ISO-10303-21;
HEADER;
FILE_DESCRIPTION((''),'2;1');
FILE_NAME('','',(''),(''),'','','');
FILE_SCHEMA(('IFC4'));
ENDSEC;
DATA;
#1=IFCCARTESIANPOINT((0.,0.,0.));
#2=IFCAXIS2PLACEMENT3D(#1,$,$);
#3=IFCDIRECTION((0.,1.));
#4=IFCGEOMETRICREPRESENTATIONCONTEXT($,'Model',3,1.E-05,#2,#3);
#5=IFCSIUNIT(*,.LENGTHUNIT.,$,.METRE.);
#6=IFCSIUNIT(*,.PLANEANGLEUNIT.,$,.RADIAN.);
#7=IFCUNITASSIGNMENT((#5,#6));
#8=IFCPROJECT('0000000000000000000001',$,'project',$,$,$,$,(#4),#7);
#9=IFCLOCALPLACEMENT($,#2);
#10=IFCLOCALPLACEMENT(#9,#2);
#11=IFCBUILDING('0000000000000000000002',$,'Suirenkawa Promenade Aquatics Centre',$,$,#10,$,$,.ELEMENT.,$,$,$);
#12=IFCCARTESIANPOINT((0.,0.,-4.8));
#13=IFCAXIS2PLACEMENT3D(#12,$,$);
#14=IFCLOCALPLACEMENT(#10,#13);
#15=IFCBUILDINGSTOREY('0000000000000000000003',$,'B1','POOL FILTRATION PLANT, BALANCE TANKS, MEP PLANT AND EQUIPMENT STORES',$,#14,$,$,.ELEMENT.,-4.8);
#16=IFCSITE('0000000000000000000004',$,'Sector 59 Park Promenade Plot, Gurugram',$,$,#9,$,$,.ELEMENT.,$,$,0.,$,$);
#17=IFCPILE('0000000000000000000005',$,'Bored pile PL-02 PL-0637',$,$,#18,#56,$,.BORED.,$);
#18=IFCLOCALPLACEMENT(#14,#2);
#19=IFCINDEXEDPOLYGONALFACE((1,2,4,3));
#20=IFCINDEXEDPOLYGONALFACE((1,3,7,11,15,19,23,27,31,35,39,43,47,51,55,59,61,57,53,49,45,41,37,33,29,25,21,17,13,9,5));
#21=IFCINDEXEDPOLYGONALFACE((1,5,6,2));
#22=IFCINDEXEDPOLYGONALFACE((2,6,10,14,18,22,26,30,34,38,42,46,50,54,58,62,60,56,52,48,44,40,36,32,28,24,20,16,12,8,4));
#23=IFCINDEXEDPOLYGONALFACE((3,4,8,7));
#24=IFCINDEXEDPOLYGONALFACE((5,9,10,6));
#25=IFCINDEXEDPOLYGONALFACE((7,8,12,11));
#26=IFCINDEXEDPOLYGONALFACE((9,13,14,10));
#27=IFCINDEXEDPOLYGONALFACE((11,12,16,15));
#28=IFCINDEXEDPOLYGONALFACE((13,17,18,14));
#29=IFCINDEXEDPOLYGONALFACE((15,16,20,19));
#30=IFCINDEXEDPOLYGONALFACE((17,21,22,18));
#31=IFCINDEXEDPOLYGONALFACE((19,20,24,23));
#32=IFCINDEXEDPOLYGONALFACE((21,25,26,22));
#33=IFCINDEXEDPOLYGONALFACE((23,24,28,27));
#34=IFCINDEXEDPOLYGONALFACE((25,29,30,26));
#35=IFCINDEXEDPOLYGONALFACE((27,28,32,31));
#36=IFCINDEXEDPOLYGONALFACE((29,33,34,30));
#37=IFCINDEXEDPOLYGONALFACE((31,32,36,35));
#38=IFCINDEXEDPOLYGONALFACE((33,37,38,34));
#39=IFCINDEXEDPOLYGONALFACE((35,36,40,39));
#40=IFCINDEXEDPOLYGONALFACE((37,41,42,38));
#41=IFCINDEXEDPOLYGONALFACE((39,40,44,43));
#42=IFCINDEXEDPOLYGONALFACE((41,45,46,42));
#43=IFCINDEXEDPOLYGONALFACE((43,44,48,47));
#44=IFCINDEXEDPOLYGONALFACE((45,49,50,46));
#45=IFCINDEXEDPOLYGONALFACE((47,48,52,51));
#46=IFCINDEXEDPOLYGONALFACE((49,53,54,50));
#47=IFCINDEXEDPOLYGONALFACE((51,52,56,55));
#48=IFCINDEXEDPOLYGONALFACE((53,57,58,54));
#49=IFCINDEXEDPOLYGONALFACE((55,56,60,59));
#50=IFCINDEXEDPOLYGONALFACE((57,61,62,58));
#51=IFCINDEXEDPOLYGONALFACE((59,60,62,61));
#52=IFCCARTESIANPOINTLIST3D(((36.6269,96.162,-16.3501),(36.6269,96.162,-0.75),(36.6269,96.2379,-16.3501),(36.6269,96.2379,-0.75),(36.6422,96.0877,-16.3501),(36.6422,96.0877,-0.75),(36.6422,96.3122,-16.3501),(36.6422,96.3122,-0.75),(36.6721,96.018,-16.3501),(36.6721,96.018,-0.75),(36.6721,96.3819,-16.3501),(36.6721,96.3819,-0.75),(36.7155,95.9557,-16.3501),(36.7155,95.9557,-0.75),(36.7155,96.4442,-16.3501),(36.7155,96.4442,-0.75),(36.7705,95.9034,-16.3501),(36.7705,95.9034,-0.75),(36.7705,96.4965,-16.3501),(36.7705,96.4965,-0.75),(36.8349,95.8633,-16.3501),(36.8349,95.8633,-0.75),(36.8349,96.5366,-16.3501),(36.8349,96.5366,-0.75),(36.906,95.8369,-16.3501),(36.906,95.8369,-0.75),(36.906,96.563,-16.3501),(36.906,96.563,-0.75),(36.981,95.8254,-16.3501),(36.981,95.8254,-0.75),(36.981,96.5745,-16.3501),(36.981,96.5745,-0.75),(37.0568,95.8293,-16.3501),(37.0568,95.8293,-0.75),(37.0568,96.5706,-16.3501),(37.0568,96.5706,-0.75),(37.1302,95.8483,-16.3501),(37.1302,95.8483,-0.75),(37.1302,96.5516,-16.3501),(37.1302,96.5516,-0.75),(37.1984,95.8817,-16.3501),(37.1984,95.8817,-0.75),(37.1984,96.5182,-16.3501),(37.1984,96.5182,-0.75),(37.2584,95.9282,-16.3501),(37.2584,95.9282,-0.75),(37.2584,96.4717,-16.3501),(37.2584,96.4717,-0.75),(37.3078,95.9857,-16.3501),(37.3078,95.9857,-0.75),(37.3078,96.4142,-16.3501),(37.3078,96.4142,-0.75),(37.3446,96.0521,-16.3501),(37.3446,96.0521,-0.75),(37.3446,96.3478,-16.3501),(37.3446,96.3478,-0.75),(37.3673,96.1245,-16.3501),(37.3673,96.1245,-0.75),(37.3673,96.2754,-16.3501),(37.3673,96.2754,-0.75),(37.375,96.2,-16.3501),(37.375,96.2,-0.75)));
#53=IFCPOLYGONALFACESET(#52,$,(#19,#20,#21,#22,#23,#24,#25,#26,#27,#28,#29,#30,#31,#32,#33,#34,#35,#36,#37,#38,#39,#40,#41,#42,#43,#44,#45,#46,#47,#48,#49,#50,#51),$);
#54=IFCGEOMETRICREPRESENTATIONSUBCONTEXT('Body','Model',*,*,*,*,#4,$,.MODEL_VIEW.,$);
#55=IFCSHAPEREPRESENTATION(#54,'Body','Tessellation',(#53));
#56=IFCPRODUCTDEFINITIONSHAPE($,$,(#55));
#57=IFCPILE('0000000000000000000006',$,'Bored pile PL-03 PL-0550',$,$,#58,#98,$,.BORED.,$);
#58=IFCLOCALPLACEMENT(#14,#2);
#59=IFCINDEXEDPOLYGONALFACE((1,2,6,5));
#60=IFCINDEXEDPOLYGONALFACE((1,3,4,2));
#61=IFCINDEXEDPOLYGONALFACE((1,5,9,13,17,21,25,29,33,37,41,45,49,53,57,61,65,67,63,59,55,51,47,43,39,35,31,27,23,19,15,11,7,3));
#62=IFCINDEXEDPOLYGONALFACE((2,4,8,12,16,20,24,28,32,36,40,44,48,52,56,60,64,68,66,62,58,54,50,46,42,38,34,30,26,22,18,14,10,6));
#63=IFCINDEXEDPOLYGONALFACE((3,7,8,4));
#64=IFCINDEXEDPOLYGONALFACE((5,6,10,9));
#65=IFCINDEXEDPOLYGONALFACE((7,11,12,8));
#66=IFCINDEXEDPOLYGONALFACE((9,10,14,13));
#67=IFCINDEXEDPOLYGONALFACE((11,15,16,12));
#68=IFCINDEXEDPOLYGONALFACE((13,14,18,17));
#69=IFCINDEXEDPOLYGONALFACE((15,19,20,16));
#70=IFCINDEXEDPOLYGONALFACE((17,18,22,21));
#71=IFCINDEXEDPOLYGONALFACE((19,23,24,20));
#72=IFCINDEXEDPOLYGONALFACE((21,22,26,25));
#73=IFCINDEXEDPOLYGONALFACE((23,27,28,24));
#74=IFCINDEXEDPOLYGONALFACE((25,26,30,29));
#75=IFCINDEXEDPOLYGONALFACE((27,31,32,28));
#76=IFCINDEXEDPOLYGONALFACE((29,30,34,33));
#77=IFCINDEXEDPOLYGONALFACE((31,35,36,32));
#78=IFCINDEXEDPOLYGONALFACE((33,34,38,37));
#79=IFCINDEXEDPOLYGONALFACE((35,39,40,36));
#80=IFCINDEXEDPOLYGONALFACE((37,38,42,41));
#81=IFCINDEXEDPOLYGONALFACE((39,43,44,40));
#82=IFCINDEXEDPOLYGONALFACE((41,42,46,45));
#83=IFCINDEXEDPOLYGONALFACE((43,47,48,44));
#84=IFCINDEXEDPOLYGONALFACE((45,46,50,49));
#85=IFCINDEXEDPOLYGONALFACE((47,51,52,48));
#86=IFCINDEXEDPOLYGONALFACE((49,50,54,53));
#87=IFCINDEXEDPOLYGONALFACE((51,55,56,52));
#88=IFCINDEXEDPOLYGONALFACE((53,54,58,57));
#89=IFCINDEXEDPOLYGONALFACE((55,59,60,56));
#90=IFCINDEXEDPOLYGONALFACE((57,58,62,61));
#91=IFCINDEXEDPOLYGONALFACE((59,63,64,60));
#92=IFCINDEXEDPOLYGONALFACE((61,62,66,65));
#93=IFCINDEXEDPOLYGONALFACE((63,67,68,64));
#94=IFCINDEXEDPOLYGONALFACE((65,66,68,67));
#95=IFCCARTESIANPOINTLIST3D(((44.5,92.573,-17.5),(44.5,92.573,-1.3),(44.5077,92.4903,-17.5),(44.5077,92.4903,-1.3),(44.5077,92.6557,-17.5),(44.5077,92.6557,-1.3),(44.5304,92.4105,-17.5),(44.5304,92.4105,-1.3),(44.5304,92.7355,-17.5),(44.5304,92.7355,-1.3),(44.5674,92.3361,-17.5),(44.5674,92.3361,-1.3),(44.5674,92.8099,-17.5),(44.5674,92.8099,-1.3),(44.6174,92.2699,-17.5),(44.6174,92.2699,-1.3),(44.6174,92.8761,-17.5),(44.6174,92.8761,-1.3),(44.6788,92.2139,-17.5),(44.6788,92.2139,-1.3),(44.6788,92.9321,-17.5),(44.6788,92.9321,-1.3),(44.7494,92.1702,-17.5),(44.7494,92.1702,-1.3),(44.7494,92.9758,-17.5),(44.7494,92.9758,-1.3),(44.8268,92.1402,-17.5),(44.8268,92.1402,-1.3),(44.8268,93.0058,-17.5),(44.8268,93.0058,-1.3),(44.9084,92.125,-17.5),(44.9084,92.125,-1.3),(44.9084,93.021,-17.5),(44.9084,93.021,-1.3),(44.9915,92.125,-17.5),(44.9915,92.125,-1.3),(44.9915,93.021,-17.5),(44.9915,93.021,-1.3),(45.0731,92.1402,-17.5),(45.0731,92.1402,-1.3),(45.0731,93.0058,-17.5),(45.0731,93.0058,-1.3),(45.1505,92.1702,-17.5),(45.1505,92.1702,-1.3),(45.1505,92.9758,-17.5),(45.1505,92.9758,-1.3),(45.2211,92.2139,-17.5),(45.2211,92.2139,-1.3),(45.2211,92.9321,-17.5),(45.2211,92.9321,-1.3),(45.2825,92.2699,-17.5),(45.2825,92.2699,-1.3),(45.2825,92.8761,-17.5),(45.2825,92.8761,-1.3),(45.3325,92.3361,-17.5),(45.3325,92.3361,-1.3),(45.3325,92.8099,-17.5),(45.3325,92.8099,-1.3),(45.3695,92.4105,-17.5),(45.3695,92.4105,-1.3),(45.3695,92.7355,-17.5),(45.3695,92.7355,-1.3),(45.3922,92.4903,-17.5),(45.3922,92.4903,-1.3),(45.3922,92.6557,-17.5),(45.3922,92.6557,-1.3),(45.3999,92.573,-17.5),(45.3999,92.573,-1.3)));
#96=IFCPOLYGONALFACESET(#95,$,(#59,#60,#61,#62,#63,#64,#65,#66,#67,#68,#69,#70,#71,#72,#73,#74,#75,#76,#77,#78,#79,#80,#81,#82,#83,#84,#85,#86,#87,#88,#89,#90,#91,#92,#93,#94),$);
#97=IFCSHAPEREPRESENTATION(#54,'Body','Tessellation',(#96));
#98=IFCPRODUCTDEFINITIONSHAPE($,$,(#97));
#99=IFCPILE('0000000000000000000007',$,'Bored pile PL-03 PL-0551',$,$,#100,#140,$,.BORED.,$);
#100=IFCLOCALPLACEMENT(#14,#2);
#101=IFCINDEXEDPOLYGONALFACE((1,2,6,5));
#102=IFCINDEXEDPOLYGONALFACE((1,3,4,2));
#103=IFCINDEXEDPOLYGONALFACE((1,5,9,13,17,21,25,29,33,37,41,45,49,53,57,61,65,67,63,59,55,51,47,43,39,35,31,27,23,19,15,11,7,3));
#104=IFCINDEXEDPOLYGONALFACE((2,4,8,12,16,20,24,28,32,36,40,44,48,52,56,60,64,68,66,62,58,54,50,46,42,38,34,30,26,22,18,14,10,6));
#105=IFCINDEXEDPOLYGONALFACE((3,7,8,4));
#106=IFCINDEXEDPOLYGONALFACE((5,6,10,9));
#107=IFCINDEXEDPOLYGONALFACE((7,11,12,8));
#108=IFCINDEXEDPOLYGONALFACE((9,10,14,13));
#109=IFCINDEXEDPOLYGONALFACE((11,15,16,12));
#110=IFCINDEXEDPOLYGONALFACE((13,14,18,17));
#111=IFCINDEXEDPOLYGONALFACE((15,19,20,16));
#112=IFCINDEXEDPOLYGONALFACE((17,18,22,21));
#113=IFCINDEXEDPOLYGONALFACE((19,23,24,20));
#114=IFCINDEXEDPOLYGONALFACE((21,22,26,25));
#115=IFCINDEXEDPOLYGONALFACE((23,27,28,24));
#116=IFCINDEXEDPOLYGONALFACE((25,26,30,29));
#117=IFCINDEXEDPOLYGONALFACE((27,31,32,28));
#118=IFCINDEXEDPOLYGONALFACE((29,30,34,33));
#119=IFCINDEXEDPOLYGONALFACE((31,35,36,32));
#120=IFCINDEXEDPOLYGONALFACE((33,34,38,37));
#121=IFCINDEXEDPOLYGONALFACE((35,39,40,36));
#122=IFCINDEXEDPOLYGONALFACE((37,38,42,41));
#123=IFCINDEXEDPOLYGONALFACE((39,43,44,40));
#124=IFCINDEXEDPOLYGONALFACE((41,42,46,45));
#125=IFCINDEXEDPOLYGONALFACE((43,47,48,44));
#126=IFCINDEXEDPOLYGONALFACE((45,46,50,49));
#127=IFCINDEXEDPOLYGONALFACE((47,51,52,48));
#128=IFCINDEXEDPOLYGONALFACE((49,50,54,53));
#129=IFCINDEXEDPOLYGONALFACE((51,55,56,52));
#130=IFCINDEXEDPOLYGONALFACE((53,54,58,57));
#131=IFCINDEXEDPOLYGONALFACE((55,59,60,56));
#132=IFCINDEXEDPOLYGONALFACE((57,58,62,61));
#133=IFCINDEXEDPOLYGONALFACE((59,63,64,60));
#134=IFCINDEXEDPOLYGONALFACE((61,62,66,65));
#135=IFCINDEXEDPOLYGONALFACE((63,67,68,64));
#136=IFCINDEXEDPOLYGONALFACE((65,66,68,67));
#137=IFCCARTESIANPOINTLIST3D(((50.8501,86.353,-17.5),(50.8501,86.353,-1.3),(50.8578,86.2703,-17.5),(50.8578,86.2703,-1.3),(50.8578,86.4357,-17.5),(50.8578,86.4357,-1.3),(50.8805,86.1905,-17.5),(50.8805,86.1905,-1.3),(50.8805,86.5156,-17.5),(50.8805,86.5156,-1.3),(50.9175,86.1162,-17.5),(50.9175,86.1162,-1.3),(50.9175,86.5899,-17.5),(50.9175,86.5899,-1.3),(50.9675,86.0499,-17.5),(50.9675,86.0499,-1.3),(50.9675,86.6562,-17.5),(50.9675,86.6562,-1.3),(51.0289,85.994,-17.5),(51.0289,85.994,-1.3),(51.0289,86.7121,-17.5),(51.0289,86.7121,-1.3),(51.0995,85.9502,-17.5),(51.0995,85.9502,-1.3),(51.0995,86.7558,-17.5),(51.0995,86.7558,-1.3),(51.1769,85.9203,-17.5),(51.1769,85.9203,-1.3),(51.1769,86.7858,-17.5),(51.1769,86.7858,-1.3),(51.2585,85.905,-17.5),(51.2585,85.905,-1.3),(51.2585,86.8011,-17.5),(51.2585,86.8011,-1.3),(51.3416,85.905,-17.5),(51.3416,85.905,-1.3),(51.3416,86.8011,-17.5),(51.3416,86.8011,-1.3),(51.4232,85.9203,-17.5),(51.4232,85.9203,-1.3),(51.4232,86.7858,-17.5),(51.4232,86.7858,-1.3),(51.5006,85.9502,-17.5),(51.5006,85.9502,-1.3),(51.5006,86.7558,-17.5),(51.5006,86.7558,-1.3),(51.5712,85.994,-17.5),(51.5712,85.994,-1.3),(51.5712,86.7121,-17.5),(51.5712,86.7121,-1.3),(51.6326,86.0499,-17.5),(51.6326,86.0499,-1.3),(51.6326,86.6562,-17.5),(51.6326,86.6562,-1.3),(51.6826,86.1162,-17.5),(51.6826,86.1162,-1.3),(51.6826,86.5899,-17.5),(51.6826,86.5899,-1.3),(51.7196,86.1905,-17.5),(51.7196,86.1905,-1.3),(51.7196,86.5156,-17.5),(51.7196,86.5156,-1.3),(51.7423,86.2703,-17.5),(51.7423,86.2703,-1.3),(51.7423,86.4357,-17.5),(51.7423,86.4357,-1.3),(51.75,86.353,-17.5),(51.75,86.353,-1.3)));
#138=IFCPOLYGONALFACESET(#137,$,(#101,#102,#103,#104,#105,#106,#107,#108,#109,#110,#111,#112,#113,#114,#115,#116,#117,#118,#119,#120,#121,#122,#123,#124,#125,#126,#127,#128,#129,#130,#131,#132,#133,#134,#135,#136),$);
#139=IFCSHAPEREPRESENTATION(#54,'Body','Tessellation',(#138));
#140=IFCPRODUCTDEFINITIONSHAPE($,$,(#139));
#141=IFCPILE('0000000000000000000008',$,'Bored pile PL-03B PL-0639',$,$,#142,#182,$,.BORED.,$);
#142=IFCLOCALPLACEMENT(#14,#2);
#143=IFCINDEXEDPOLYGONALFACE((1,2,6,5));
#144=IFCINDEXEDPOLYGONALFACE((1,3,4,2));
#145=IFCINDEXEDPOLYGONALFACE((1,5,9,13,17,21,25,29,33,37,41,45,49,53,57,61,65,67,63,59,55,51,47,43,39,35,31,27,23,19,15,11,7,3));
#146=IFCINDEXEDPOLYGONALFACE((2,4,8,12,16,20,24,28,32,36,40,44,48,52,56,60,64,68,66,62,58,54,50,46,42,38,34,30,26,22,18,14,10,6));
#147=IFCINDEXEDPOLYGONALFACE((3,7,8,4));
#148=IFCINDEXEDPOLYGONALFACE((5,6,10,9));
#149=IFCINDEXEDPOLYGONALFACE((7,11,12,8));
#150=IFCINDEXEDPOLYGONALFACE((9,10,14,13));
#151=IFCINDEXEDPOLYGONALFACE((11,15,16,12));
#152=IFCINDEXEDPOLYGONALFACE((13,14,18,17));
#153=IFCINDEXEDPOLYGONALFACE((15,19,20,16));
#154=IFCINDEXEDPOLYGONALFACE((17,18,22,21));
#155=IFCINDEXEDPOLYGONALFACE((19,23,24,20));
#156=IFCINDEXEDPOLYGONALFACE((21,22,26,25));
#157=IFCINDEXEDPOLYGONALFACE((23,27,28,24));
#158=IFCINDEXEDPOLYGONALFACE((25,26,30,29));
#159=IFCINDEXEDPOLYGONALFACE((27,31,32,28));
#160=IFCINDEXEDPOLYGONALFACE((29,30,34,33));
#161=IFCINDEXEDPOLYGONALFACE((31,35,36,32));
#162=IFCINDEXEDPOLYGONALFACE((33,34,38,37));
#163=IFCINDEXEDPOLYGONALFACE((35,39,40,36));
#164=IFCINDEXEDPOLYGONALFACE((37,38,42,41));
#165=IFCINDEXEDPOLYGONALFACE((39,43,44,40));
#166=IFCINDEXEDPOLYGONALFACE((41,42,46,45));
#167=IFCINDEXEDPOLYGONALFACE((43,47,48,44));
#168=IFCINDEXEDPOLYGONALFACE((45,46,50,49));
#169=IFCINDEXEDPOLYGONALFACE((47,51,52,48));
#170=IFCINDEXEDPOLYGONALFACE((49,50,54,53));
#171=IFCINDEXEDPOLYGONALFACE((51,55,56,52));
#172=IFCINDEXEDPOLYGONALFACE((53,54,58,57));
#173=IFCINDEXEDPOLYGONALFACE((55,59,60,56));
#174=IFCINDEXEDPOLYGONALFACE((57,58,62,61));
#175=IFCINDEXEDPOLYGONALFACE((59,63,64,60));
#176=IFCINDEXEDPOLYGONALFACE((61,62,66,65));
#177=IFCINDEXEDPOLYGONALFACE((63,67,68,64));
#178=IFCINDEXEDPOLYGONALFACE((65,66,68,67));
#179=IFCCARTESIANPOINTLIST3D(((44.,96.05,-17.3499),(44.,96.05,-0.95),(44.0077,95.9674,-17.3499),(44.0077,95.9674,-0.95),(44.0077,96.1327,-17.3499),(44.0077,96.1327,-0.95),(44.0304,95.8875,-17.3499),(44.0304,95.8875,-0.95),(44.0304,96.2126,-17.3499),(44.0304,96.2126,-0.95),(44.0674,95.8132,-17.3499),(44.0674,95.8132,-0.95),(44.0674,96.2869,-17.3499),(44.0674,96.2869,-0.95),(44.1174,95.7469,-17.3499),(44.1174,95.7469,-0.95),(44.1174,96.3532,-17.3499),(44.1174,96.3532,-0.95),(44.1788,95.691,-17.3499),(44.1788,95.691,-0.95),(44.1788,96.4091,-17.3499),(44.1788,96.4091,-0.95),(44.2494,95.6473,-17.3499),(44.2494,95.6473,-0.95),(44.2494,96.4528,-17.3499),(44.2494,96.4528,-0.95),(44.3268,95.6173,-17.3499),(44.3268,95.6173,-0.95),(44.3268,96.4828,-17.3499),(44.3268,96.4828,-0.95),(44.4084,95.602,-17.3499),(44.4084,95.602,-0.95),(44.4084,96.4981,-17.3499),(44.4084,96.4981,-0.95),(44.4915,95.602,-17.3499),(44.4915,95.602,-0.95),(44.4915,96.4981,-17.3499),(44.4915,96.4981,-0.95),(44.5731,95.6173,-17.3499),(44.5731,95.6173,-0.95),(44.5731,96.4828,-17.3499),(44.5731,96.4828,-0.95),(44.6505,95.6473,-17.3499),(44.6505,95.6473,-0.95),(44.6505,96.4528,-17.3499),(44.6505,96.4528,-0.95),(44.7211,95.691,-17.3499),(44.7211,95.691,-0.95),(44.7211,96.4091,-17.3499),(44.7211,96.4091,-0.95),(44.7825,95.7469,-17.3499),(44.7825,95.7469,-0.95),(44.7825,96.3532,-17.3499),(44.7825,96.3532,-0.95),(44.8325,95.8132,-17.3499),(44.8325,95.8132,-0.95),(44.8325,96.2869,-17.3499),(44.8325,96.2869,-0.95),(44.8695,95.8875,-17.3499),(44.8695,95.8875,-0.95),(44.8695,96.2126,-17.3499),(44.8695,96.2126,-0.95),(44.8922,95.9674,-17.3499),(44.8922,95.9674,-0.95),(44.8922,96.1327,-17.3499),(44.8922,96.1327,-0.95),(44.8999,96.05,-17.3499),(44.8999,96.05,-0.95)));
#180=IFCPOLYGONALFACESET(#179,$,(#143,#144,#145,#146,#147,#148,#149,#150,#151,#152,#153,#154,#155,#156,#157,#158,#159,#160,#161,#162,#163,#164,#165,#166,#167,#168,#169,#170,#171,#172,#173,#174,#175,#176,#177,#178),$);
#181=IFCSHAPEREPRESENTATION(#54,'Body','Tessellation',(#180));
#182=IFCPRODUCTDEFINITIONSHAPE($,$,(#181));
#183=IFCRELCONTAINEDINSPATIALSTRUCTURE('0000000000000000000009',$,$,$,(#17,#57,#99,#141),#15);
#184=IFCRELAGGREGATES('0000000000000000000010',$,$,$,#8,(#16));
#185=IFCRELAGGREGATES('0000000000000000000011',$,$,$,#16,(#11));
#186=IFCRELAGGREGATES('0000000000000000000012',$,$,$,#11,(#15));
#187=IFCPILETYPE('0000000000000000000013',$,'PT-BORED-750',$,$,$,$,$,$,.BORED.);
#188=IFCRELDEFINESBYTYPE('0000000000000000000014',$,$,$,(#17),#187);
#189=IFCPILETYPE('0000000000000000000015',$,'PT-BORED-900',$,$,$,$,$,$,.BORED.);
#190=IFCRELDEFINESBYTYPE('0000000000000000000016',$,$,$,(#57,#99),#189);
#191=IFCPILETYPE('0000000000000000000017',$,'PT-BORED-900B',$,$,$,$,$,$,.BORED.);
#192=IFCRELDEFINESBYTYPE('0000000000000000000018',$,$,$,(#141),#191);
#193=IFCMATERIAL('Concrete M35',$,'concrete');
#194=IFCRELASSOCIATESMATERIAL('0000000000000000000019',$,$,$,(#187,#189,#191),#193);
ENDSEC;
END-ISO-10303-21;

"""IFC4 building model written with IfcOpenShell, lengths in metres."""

from ifc_helpers import new_model, si_unit, direction, frame, origin, origin_2d, place, context, subcontext, project, spatial, circle, extrude, material, material_profile, profile_set, type_object, element, save


model = new_model("IFC4")

# Units and contexts
model_context = context("Model", 3, precision=1e-05, world=origin(), true_north=direction((0.0, 1.0)))
body_context = subcontext(model_context, "Body", "Model", "MODEL_VIEW")
ifc_project = project(units=[si_unit("LENGTHUNIT", "METRE"), si_unit("PLANEANGLEUNIT", "RADIAN")], contexts=[model_context])

# Site, building, storey
site_placement = place(None, origin())
site = spatial("IfcSite", under=ifc_project, at=site_placement, Name="Sector 59 Park Promenade Plot, Gurugram", CompositionType="ELEMENT", RefElevation=0.0)
building_placement = place(site_placement, origin())
building = spatial("IfcBuilding", under=site, at=building_placement, Name="Suirenkawa Promenade Aquatics Centre", CompositionType="ELEMENT")
storey_placement = place(building_placement, frame((0.0, 0.0, -4.8)))
storey = spatial("IfcBuildingStorey", under=building, at=storey_placement, Name="B1", Description="POOL FILTRATION PLANT, BALANCE TANKS, MEP PLANT AND EQUIPMENT STORES", CompositionType="ELEMENT", Elevation=-4.8)

# Shared definitions
ifc_material_1 = material(Name="Concrete M35", Category="concrete")

# Piles
ifc_material_profile_1 = material_profile(ifc_material_1, circle(Radius=0.375, at=origin_2d()), Name="PILE D750", Category="concrete")
ifc_profile_set_1 = profile_set([ifc_material_profile_1], Name="Concrete M35")
pile_type_1 = type_object("IfcPileType", Name="PT-BORED-750", PredefinedType="BORED", material=ifc_profile_set_1)
for number, where, z_axis, x_axis, name in (
    (1, (37.0, 96.2, -0.75), (0.0, 0.0, -1.0), (1.0, 0.0, 0.0), "Bored pile PL-02 PL-0637"),
):
    element("IfcPile", number, at=place(storey_placement, frame(where, z_axis=z_axis, x_axis=x_axis)), inside=storey, type_object=pile_type_1, Name=name, PredefinedType="BORED", context=body_context, shape_type="SweptSolid", body=[
        extrude(circle(Radius=0.375, at=origin_2d()), origin(), (0.0, 0.0, 1.0), 15.6001),
    ])
ifc_material_profile_2 = material_profile(ifc_material_1, circle(Radius=0.45, at=origin_2d()), Name="PILE D900", Category="concrete")
ifc_profile_set_2 = profile_set([ifc_material_profile_2], Name="Concrete M35")
pile_type_2 = type_object("IfcPileType", Name="PT-BORED-900", PredefinedType="BORED", material=ifc_profile_set_2)
for number, where, z_axis, x_axis, name in (
    (2, (44.95, 92.573, -1.3), (0.0, 0.0, -1.0), (1.0, 0.0, 0.0), "Bored pile PL-03 PL-0550"),
    (3, (51.3, 86.353, -1.3), (0.0, 0.0, -1.0), (1.0, 0.0, 0.0), "Bored pile PL-03 PL-0551"),
):
    element("IfcPile", number, at=place(storey_placement, frame(where, z_axis=z_axis, x_axis=x_axis)), inside=storey, type_object=pile_type_2, Name=name, PredefinedType="BORED", context=body_context, shape_type="SweptSolid", body=[
        extrude(circle(Radius=0.45, at=origin_2d()), origin(), (0.0, 0.0, 1.0), 16.2),
    ])
ifc_material_profile_3 = material_profile(ifc_material_1, circle(Radius=0.45, at=origin_2d()), Name="PILE D900", Category="concrete")
ifc_profile_set_3 = profile_set([ifc_material_profile_3], Name="Concrete M35")
pile_type_3 = type_object("IfcPileType", Name="PT-BORED-900B", PredefinedType="BORED", material=ifc_profile_set_3)
for number, where, z_axis, x_axis, name in (
    (4, (44.45, 96.05, -0.95), (0.0, 0.0, -1.0), (1.0, 0.0, 0.0), "Bored pile PL-03B PL-0639"),
):
    element("IfcPile", number, at=place(storey_placement, frame(where, z_axis=z_axis, x_axis=x_axis)), inside=storey, type_object=pile_type_3, Name=name, PredefinedType="BORED", context=body_context, shape_type="SweptSolid", body=[
        extrude(circle(Radius=0.45, at=origin_2d()), origin(), (0.0, 0.0, 1.0), 16.3999),
    ])

save(model, "model.ifc")
